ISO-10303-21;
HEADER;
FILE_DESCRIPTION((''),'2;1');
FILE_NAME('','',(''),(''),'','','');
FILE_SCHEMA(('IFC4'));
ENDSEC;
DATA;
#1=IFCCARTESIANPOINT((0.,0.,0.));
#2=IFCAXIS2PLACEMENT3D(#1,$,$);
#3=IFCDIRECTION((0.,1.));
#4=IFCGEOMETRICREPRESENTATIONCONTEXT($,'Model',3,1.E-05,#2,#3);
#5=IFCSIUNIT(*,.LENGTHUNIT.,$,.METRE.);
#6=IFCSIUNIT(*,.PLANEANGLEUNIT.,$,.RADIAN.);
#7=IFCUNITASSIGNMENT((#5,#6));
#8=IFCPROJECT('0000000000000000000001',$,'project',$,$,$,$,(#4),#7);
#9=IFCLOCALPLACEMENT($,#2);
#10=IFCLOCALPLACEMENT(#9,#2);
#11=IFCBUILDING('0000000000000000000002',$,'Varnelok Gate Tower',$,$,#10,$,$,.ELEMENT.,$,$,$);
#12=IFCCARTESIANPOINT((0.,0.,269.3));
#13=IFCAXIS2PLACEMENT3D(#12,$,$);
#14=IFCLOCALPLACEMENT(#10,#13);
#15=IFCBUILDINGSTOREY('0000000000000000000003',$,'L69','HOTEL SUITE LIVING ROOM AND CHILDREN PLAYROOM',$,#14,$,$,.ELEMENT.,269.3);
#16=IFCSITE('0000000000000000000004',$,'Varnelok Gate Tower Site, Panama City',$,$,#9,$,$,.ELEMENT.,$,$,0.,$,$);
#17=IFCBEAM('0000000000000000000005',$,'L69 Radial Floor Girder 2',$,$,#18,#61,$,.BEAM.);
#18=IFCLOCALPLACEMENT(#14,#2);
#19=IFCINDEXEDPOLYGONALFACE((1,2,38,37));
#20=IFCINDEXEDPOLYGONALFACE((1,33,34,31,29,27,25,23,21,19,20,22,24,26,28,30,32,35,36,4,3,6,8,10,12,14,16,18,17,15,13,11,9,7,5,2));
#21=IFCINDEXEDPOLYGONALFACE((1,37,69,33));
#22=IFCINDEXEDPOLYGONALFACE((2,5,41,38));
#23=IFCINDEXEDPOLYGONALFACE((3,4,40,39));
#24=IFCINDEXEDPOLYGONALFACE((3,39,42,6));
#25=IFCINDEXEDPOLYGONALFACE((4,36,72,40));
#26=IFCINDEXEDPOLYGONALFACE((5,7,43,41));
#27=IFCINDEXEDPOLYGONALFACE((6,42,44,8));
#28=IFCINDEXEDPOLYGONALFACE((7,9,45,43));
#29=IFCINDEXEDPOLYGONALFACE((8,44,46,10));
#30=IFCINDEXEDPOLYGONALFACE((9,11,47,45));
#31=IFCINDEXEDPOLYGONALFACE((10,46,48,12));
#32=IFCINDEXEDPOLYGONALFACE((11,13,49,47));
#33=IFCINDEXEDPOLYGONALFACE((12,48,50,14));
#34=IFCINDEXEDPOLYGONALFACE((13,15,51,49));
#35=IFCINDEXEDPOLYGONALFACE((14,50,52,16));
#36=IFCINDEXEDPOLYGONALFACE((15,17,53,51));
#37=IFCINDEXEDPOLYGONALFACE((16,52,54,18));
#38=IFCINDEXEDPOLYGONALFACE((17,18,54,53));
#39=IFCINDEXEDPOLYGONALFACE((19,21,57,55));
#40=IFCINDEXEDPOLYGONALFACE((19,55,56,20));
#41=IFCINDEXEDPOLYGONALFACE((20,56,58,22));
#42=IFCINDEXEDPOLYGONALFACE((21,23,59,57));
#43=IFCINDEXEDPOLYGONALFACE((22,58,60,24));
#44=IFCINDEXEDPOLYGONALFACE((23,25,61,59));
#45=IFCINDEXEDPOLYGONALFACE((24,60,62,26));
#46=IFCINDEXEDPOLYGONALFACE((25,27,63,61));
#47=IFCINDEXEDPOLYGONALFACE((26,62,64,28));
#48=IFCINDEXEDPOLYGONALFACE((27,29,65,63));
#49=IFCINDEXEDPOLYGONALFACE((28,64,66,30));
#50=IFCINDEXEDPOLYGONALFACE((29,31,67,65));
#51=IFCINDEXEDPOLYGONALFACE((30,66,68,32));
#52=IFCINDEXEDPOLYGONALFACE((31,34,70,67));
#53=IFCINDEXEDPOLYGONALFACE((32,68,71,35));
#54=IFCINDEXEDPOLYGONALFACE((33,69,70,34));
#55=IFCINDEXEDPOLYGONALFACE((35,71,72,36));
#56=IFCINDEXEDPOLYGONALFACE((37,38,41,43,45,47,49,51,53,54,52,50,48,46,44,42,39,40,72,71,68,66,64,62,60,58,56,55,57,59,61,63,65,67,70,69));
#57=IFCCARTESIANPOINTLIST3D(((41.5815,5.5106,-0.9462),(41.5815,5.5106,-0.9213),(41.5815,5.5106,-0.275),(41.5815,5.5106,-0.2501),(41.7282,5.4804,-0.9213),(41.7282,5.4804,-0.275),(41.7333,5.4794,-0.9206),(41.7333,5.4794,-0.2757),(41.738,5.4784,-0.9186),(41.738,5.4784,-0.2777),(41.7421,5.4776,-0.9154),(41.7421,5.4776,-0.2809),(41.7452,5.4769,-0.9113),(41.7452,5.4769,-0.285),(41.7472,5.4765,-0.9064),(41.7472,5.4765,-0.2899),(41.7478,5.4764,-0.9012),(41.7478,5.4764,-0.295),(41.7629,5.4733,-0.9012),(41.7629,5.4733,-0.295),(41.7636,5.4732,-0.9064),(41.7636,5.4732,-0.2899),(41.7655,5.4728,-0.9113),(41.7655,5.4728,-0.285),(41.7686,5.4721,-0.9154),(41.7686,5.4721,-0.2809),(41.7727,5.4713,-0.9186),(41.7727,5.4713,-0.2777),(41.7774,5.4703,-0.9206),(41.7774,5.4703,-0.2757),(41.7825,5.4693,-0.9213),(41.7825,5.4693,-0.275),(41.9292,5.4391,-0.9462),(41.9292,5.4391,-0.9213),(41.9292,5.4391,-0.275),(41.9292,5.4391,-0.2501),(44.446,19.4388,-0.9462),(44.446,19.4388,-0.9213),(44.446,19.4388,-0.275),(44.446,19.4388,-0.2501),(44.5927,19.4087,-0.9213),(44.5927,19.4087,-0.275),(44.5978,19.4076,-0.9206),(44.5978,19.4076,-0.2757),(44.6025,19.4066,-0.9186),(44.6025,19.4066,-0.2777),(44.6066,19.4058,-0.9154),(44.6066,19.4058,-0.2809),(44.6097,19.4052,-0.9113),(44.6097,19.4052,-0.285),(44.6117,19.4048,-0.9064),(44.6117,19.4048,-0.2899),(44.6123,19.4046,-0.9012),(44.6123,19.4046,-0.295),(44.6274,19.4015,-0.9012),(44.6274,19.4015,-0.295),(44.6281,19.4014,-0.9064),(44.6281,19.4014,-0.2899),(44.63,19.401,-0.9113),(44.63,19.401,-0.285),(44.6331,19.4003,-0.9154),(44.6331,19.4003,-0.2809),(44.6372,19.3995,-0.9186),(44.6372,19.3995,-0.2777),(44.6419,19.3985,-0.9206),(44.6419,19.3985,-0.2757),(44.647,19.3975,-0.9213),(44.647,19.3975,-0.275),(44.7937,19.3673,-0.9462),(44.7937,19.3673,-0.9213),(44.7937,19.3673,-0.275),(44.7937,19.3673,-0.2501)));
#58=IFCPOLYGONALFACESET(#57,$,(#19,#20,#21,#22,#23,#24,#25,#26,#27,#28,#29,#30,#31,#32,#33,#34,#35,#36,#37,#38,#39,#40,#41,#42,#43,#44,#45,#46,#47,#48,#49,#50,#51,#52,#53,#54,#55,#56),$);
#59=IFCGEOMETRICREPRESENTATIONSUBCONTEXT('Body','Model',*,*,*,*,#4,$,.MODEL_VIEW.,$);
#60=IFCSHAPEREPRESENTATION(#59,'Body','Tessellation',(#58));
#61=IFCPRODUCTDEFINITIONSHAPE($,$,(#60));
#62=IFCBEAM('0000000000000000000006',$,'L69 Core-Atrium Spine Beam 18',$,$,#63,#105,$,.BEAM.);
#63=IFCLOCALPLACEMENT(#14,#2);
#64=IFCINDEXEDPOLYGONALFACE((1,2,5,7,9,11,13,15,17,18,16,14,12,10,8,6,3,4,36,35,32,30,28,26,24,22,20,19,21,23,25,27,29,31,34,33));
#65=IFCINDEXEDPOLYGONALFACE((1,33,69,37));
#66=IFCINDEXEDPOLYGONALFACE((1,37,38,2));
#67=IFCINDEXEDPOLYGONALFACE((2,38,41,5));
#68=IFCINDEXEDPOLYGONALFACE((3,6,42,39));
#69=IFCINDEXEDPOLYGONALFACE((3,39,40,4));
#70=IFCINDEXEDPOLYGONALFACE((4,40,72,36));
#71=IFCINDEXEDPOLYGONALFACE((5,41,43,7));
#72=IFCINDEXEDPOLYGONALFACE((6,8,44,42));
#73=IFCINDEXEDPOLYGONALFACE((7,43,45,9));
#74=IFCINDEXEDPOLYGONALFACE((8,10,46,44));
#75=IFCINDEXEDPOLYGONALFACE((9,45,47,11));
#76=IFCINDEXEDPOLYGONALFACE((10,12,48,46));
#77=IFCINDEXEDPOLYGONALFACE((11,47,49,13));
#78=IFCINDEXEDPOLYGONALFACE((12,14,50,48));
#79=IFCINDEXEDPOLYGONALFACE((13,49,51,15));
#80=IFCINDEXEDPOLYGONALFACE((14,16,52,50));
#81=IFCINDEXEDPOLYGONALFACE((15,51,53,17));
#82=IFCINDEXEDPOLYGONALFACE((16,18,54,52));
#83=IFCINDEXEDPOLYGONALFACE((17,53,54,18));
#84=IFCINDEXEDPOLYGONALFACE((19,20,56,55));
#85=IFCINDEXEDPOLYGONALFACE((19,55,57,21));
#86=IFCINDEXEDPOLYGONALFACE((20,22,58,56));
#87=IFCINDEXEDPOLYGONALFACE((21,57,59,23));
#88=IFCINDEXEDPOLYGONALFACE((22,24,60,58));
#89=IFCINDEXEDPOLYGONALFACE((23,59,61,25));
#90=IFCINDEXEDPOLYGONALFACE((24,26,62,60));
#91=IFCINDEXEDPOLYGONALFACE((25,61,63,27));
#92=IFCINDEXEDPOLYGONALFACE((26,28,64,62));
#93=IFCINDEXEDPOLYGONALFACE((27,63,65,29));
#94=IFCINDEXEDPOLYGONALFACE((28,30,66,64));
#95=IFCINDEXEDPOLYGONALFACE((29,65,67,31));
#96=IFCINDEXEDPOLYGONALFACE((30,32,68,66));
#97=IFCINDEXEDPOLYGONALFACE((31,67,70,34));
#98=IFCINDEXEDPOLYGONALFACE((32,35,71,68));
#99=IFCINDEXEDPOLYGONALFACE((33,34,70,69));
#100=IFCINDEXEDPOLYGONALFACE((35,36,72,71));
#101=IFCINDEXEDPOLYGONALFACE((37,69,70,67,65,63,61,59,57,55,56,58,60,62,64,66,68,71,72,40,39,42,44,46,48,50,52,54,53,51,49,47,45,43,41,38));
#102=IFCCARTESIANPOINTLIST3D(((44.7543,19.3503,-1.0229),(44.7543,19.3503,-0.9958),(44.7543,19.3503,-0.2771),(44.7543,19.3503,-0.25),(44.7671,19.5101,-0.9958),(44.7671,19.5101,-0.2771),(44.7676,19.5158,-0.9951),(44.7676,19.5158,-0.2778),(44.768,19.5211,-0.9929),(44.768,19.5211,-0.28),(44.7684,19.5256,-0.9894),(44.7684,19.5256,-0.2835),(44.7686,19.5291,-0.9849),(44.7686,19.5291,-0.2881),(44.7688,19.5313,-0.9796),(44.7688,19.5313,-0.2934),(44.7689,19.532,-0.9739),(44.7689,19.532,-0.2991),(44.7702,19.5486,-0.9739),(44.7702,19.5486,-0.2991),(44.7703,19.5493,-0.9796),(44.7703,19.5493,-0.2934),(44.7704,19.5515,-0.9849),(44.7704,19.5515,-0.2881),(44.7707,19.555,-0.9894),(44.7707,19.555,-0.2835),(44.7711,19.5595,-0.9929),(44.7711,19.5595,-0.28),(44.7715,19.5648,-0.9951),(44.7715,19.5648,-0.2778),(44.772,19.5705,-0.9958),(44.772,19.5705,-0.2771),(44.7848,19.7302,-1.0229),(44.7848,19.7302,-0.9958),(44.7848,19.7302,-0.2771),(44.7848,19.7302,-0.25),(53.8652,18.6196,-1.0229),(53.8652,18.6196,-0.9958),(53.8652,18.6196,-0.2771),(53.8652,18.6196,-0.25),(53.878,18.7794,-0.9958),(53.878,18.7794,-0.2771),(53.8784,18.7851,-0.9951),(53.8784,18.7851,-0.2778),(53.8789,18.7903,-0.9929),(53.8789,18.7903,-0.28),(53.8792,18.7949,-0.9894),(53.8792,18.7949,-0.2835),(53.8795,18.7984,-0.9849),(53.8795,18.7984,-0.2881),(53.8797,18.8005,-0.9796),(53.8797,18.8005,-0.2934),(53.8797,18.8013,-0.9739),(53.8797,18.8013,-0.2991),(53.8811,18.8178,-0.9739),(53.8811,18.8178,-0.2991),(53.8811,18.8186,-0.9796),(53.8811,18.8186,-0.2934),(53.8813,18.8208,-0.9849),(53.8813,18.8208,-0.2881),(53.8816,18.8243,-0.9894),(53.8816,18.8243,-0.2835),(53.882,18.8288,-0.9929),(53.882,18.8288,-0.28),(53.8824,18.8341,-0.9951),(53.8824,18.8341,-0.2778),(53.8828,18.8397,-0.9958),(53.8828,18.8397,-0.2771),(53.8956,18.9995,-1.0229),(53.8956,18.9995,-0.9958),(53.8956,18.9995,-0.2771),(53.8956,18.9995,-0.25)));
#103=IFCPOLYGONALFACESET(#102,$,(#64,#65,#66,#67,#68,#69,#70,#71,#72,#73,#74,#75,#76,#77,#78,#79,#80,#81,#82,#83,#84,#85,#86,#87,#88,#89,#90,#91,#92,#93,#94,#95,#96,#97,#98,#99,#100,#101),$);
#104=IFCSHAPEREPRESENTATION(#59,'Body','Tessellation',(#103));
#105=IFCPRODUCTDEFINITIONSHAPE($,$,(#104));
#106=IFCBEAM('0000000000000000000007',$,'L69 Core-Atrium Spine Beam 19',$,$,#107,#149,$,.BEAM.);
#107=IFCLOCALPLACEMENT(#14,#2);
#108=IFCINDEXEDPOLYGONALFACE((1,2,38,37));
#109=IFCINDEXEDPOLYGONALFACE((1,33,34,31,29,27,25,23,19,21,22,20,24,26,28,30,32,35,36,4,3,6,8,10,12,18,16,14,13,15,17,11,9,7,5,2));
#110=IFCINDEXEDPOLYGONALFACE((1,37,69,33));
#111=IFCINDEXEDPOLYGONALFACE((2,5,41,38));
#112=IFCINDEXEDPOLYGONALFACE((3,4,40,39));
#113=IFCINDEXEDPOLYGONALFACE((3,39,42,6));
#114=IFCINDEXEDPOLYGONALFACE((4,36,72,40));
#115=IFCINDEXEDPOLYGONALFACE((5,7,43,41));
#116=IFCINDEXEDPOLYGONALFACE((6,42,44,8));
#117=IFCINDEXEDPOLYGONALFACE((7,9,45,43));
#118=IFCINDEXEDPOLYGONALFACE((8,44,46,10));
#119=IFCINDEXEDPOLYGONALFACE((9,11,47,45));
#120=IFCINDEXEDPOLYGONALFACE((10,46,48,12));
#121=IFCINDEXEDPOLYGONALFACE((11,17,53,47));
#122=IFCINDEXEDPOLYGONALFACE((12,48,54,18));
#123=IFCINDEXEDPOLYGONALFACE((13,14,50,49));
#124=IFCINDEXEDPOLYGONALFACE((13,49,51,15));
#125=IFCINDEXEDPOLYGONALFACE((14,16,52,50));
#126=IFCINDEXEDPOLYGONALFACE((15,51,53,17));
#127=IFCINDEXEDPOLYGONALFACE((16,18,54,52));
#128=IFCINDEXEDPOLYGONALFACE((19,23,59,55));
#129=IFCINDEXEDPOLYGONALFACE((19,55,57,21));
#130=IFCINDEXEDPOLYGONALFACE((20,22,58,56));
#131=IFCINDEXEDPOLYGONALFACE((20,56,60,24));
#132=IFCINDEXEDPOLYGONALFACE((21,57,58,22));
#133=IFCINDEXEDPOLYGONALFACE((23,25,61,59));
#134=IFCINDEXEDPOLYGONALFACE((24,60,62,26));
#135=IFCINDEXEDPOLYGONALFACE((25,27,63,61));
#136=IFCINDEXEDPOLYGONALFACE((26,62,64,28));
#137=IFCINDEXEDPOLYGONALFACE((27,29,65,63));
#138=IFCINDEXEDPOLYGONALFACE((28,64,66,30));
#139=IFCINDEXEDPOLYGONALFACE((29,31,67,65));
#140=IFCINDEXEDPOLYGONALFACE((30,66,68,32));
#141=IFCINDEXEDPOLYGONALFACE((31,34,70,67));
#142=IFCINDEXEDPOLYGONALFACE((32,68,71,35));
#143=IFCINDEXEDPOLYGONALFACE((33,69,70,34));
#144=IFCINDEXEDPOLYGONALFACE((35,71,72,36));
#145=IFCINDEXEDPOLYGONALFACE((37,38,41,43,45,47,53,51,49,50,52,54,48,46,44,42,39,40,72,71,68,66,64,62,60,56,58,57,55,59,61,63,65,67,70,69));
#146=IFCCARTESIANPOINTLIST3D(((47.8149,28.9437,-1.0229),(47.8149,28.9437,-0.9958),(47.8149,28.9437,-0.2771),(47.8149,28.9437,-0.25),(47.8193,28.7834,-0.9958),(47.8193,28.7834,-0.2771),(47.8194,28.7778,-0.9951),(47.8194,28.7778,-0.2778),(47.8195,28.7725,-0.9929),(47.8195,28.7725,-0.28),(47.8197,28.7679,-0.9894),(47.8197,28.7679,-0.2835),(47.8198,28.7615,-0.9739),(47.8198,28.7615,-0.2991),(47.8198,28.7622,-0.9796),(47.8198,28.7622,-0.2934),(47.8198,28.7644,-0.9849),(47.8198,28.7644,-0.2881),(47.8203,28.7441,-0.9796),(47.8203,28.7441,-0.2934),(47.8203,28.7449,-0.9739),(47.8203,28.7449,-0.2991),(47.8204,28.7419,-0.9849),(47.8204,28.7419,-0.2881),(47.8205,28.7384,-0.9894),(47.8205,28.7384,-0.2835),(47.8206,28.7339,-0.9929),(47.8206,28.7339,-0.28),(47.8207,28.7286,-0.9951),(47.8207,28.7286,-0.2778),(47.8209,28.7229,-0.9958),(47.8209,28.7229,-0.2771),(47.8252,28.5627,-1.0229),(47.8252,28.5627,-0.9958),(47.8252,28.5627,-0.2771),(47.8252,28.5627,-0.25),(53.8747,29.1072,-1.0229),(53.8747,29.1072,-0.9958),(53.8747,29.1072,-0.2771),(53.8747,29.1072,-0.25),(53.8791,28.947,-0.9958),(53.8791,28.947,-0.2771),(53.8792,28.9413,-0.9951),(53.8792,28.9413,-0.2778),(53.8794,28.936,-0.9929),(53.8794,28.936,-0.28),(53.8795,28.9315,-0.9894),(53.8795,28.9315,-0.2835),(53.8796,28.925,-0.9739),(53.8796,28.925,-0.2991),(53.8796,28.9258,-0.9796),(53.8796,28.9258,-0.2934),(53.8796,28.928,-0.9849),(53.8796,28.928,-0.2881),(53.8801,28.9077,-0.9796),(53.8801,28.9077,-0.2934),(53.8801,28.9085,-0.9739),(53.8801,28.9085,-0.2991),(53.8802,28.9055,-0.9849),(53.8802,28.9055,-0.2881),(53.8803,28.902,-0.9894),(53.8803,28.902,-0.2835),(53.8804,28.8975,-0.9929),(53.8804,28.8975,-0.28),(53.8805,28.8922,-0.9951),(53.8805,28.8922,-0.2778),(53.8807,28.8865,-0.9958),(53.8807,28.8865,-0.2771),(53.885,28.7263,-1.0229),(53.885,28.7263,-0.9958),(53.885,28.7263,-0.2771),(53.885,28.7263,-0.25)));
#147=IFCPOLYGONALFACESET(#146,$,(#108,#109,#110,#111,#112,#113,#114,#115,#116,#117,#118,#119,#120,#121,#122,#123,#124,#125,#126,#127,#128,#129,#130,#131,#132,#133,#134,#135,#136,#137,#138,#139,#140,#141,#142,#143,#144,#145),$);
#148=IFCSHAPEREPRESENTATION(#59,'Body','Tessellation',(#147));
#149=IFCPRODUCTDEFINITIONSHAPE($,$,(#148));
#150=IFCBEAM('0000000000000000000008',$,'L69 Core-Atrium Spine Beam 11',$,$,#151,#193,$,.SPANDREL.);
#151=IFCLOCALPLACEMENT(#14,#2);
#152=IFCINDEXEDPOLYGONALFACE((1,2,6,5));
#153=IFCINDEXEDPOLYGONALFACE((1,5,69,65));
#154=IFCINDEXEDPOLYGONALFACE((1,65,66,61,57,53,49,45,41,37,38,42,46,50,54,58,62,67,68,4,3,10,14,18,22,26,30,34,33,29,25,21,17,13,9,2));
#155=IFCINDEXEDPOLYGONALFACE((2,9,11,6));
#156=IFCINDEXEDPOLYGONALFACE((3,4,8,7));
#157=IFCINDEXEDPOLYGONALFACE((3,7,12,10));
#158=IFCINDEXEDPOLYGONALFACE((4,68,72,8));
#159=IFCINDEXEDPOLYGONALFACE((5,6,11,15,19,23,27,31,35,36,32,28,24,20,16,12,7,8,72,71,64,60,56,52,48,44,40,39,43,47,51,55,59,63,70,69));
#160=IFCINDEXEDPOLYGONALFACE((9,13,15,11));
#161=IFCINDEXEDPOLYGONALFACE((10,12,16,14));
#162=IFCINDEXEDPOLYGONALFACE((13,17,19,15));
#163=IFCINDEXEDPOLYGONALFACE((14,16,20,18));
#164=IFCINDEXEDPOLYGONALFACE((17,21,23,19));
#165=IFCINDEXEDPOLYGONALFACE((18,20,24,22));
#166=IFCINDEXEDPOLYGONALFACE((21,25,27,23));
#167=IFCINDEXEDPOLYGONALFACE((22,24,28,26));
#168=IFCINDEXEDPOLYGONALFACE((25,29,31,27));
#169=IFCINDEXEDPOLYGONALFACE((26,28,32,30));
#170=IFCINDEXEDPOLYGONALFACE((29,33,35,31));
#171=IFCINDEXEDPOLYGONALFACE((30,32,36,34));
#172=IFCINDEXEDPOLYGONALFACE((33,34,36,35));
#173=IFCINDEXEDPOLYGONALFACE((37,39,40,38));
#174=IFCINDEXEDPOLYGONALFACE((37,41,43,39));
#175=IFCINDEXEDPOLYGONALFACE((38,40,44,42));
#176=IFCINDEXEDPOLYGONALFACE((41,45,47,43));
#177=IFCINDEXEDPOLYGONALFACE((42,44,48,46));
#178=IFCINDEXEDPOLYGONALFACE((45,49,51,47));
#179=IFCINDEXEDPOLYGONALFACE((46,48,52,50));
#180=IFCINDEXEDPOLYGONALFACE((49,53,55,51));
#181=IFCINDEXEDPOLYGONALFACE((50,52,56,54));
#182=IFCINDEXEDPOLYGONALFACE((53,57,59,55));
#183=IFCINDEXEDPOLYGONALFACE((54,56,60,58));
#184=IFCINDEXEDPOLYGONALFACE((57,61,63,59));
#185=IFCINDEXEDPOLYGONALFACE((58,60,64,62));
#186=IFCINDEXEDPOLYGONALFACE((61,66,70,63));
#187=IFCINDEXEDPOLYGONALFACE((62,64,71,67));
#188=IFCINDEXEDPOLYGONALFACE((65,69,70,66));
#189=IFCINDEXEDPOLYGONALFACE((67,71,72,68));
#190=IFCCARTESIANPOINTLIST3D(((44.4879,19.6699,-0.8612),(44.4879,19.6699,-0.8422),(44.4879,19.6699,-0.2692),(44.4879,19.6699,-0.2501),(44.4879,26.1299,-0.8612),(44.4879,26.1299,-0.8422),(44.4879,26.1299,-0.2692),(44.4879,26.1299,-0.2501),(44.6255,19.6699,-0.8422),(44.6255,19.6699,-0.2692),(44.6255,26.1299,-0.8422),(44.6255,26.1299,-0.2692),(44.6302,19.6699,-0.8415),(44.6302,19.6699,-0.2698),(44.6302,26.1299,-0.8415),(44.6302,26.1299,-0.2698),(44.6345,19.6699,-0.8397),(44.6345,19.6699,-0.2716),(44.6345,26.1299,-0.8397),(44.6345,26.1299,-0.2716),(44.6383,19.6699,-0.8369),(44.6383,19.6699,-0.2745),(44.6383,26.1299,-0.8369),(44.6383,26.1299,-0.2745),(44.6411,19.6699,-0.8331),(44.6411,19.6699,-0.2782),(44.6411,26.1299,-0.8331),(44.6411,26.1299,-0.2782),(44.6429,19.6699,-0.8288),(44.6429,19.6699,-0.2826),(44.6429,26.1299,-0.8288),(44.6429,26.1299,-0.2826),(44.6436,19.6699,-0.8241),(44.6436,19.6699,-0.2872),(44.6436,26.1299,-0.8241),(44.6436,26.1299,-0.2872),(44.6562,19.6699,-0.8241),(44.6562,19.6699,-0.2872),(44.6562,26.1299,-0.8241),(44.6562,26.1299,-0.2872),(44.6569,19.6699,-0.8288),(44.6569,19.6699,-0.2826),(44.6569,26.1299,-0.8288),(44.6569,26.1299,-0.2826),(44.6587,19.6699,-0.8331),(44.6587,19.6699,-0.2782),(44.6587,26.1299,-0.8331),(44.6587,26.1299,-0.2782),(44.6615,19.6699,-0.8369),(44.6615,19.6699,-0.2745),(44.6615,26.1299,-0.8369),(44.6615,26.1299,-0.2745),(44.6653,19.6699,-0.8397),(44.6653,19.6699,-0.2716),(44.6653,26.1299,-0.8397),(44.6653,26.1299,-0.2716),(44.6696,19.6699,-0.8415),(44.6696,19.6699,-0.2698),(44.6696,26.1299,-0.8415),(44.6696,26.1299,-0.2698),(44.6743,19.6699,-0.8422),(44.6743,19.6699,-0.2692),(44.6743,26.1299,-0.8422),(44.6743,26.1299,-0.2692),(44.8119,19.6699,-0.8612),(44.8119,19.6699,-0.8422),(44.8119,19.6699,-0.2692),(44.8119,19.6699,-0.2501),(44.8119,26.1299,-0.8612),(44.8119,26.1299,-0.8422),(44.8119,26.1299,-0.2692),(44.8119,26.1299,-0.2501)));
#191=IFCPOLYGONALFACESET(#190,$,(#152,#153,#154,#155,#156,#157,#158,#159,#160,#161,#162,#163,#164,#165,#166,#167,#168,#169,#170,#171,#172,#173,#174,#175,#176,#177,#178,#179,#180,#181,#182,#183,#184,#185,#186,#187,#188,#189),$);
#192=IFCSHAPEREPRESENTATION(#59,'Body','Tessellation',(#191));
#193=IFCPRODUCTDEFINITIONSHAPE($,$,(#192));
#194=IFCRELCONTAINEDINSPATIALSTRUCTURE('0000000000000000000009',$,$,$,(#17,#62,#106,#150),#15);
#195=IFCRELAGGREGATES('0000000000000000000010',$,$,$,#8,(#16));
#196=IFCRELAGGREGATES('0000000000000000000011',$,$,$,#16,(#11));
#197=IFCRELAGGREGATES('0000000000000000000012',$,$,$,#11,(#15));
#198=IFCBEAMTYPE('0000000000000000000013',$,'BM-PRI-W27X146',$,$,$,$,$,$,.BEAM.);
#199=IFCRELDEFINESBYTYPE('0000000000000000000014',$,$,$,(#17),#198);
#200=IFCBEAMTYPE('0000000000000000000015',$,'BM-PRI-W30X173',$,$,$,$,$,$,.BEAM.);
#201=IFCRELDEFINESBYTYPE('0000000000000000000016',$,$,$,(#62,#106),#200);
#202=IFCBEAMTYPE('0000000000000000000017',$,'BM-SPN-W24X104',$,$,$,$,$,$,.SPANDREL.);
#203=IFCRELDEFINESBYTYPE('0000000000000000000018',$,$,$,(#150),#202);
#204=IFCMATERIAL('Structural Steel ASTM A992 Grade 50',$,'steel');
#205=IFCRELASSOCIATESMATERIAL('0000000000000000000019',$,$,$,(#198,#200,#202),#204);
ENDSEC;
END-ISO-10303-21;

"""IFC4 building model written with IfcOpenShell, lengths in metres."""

from ifc_helpers import new_model, si_unit, direction, frame, origin, origin_2d, place, context, subcontext, project, spatial, i_section, extrude, material, material_profile, profile_set, type_object, element, save


model = new_model("IFC4")

# Units and contexts
model_context = context("Model", 3, precision=1e-05, world=origin(), true_north=direction((0.0, 1.0)))
body_context = subcontext(model_context, "Body", "Model", "MODEL_VIEW")
ifc_project = project(units=[si_unit("LENGTHUNIT", "METRE"), si_unit("PLANEANGLEUNIT", "RADIAN")], contexts=[model_context])

# Site, building, storey
site_placement = place(None, origin())
site = spatial("IfcSite", under=ifc_project, at=site_placement, Name="Varnelok Gate Tower Site, Panama City", CompositionType="ELEMENT", RefElevation=0.0)
building_placement = place(site_placement, origin())
building = spatial("IfcBuilding", under=site, at=building_placement, Name="Varnelok Gate Tower", CompositionType="ELEMENT")
storey_placement = place(building_placement, frame((0.0, 0.0, 269.3)))
storey = spatial("IfcBuildingStorey", under=building, at=storey_placement, Name="L69", Description="HOTEL SUITE LIVING ROOM AND CHILDREN PLAYROOM", CompositionType="ELEMENT", Elevation=269.3)

# Shared definitions
ifc_material_1 = material(Name="Structural Steel ASTM A992 Grade 50", Category="steel")

# Beams
ifc_material_profile_1 = material_profile(ifc_material_1, i_section(OverallWidth=0.355, OverallDepth=0.696, WebThickness=0.0154, FlangeThickness=0.0249, FilletRadius=0.02, at=origin_2d()), Name="W27X146")
ifc_profile_set_1 = profile_set([ifc_material_profile_1], Name="Structural Steel ASTM A992 Grade 50")
beam_type_1 = type_object("IfcBeamType", Name="BM-PRI-W27X146", PredefinedType="BEAM", material=ifc_profile_set_1)
beam_1_placement = place(storey_placement, frame((44.6199, 19.4031, -0.5981), z_axis=(-0.201446, -0.9795, 0.0), x_axis=(0.9795, -0.201446, 0.0)))
element("IfcBeam", 1, at=beam_1_placement, inside=storey, type_object=beam_type_1, Name="L69 Radial Floor Girder 2", PredefinedType="BEAM", context=body_context, shape_type="SweptSolid", body=[
    extrude(i_section(OverallWidth=0.355, OverallDepth=0.696, WebThickness=0.0154, FlangeThickness=0.0249, FilletRadius=0.02, at=origin_2d()), origin(), (0.0, 0.0, 1.0), 14.2197),
])
ifc_material_profile_2 = material_profile(ifc_material_1, i_section(OverallWidth=0.3811, OverallDepth=0.7729, WebThickness=0.0166, FlangeThickness=0.0271, FilletRadius=0.022, at=origin_2d()), Name="W30X173")
ifc_profile_set_2 = profile_set([ifc_material_profile_2], Name="Structural Steel ASTM A992 Grade 50")
beam_type_2 = type_object("IfcBeamType", Name="BM-PRI-W30X173", PredefinedType="BEAM", material=ifc_profile_set_2)
beam_2_placement = place(storey_placement, frame((44.7695, 19.5403, -0.6365), z_axis=(0.996799, -0.079946, 0.0), x_axis=(0.079946, 0.996799, 0.0)))
element("IfcBeam", 2, at=beam_2_placement, inside=storey, type_object=beam_type_2, Name="L69 Core-Atrium Spine Beam 18", PredefinedType="BEAM", context=body_context, shape_type="SweptSolid", body=[
    extrude(i_section(OverallWidth=0.3811, OverallDepth=0.7729, WebThickness=0.0166, FlangeThickness=0.0271, FilletRadius=0.022, at=origin_2d()), origin(), (0.0, 0.0, 1.0), 9.1401),
])
beam_3_placement = place(storey_placement, frame((47.8201, 28.7532, -0.6365), z_axis=(0.999636, 0.026983, 0.0), x_axis=(-0.026983, 0.999636, 0.0)))
element("IfcBeam", 3, at=beam_3_placement, inside=storey, type_object=beam_type_2, Name="L69 Core-Atrium Spine Beam 19", PredefinedType="BEAM", context=body_context, shape_type="SweptSolid", body=[
    extrude(i_section(OverallWidth=0.3811, OverallDepth=0.7729, WebThickness=0.0166, FlangeThickness=0.0271, FilletRadius=0.022, at=origin_2d()), origin(), (0.0, 0.0, 1.0), 6.062),
])
ifc_material_profile_3 = material_profile(ifc_material_1, i_section(OverallWidth=0.324, OverallDepth=0.6111, WebThickness=0.0127, FlangeThickness=0.019, FilletRadius=0.0181, at=origin_2d()), Name="W24X104")
ifc_profile_set_3 = profile_set([ifc_material_profile_3], Name="Structural Steel ASTM A992 Grade 50")
beam_type_3 = type_object("IfcBeamType", Name="BM-SPN-W24X104", PredefinedType="SPANDREL", material=ifc_profile_set_3)
beam_4_placement = place(storey_placement, frame((44.6499, 19.6699, -0.5557), z_axis=(0.0, 1.0, 0.0), x_axis=(-1.0, 0.0, 0.0)))
element("IfcBeam", 4, at=beam_4_placement, inside=storey, type_object=beam_type_3, Name="L69 Core-Atrium Spine Beam 11", PredefinedType="SPANDREL", context=body_context, shape_type="SweptSolid", body=[
    extrude(i_section(OverallWidth=0.324, OverallDepth=0.6111, WebThickness=0.0127, FlangeThickness=0.019, FilletRadius=0.0181, at=origin_2d()), origin(), (0.0, 0.0, 1.0), 6.46),
])

save(model, "model.ifc")
